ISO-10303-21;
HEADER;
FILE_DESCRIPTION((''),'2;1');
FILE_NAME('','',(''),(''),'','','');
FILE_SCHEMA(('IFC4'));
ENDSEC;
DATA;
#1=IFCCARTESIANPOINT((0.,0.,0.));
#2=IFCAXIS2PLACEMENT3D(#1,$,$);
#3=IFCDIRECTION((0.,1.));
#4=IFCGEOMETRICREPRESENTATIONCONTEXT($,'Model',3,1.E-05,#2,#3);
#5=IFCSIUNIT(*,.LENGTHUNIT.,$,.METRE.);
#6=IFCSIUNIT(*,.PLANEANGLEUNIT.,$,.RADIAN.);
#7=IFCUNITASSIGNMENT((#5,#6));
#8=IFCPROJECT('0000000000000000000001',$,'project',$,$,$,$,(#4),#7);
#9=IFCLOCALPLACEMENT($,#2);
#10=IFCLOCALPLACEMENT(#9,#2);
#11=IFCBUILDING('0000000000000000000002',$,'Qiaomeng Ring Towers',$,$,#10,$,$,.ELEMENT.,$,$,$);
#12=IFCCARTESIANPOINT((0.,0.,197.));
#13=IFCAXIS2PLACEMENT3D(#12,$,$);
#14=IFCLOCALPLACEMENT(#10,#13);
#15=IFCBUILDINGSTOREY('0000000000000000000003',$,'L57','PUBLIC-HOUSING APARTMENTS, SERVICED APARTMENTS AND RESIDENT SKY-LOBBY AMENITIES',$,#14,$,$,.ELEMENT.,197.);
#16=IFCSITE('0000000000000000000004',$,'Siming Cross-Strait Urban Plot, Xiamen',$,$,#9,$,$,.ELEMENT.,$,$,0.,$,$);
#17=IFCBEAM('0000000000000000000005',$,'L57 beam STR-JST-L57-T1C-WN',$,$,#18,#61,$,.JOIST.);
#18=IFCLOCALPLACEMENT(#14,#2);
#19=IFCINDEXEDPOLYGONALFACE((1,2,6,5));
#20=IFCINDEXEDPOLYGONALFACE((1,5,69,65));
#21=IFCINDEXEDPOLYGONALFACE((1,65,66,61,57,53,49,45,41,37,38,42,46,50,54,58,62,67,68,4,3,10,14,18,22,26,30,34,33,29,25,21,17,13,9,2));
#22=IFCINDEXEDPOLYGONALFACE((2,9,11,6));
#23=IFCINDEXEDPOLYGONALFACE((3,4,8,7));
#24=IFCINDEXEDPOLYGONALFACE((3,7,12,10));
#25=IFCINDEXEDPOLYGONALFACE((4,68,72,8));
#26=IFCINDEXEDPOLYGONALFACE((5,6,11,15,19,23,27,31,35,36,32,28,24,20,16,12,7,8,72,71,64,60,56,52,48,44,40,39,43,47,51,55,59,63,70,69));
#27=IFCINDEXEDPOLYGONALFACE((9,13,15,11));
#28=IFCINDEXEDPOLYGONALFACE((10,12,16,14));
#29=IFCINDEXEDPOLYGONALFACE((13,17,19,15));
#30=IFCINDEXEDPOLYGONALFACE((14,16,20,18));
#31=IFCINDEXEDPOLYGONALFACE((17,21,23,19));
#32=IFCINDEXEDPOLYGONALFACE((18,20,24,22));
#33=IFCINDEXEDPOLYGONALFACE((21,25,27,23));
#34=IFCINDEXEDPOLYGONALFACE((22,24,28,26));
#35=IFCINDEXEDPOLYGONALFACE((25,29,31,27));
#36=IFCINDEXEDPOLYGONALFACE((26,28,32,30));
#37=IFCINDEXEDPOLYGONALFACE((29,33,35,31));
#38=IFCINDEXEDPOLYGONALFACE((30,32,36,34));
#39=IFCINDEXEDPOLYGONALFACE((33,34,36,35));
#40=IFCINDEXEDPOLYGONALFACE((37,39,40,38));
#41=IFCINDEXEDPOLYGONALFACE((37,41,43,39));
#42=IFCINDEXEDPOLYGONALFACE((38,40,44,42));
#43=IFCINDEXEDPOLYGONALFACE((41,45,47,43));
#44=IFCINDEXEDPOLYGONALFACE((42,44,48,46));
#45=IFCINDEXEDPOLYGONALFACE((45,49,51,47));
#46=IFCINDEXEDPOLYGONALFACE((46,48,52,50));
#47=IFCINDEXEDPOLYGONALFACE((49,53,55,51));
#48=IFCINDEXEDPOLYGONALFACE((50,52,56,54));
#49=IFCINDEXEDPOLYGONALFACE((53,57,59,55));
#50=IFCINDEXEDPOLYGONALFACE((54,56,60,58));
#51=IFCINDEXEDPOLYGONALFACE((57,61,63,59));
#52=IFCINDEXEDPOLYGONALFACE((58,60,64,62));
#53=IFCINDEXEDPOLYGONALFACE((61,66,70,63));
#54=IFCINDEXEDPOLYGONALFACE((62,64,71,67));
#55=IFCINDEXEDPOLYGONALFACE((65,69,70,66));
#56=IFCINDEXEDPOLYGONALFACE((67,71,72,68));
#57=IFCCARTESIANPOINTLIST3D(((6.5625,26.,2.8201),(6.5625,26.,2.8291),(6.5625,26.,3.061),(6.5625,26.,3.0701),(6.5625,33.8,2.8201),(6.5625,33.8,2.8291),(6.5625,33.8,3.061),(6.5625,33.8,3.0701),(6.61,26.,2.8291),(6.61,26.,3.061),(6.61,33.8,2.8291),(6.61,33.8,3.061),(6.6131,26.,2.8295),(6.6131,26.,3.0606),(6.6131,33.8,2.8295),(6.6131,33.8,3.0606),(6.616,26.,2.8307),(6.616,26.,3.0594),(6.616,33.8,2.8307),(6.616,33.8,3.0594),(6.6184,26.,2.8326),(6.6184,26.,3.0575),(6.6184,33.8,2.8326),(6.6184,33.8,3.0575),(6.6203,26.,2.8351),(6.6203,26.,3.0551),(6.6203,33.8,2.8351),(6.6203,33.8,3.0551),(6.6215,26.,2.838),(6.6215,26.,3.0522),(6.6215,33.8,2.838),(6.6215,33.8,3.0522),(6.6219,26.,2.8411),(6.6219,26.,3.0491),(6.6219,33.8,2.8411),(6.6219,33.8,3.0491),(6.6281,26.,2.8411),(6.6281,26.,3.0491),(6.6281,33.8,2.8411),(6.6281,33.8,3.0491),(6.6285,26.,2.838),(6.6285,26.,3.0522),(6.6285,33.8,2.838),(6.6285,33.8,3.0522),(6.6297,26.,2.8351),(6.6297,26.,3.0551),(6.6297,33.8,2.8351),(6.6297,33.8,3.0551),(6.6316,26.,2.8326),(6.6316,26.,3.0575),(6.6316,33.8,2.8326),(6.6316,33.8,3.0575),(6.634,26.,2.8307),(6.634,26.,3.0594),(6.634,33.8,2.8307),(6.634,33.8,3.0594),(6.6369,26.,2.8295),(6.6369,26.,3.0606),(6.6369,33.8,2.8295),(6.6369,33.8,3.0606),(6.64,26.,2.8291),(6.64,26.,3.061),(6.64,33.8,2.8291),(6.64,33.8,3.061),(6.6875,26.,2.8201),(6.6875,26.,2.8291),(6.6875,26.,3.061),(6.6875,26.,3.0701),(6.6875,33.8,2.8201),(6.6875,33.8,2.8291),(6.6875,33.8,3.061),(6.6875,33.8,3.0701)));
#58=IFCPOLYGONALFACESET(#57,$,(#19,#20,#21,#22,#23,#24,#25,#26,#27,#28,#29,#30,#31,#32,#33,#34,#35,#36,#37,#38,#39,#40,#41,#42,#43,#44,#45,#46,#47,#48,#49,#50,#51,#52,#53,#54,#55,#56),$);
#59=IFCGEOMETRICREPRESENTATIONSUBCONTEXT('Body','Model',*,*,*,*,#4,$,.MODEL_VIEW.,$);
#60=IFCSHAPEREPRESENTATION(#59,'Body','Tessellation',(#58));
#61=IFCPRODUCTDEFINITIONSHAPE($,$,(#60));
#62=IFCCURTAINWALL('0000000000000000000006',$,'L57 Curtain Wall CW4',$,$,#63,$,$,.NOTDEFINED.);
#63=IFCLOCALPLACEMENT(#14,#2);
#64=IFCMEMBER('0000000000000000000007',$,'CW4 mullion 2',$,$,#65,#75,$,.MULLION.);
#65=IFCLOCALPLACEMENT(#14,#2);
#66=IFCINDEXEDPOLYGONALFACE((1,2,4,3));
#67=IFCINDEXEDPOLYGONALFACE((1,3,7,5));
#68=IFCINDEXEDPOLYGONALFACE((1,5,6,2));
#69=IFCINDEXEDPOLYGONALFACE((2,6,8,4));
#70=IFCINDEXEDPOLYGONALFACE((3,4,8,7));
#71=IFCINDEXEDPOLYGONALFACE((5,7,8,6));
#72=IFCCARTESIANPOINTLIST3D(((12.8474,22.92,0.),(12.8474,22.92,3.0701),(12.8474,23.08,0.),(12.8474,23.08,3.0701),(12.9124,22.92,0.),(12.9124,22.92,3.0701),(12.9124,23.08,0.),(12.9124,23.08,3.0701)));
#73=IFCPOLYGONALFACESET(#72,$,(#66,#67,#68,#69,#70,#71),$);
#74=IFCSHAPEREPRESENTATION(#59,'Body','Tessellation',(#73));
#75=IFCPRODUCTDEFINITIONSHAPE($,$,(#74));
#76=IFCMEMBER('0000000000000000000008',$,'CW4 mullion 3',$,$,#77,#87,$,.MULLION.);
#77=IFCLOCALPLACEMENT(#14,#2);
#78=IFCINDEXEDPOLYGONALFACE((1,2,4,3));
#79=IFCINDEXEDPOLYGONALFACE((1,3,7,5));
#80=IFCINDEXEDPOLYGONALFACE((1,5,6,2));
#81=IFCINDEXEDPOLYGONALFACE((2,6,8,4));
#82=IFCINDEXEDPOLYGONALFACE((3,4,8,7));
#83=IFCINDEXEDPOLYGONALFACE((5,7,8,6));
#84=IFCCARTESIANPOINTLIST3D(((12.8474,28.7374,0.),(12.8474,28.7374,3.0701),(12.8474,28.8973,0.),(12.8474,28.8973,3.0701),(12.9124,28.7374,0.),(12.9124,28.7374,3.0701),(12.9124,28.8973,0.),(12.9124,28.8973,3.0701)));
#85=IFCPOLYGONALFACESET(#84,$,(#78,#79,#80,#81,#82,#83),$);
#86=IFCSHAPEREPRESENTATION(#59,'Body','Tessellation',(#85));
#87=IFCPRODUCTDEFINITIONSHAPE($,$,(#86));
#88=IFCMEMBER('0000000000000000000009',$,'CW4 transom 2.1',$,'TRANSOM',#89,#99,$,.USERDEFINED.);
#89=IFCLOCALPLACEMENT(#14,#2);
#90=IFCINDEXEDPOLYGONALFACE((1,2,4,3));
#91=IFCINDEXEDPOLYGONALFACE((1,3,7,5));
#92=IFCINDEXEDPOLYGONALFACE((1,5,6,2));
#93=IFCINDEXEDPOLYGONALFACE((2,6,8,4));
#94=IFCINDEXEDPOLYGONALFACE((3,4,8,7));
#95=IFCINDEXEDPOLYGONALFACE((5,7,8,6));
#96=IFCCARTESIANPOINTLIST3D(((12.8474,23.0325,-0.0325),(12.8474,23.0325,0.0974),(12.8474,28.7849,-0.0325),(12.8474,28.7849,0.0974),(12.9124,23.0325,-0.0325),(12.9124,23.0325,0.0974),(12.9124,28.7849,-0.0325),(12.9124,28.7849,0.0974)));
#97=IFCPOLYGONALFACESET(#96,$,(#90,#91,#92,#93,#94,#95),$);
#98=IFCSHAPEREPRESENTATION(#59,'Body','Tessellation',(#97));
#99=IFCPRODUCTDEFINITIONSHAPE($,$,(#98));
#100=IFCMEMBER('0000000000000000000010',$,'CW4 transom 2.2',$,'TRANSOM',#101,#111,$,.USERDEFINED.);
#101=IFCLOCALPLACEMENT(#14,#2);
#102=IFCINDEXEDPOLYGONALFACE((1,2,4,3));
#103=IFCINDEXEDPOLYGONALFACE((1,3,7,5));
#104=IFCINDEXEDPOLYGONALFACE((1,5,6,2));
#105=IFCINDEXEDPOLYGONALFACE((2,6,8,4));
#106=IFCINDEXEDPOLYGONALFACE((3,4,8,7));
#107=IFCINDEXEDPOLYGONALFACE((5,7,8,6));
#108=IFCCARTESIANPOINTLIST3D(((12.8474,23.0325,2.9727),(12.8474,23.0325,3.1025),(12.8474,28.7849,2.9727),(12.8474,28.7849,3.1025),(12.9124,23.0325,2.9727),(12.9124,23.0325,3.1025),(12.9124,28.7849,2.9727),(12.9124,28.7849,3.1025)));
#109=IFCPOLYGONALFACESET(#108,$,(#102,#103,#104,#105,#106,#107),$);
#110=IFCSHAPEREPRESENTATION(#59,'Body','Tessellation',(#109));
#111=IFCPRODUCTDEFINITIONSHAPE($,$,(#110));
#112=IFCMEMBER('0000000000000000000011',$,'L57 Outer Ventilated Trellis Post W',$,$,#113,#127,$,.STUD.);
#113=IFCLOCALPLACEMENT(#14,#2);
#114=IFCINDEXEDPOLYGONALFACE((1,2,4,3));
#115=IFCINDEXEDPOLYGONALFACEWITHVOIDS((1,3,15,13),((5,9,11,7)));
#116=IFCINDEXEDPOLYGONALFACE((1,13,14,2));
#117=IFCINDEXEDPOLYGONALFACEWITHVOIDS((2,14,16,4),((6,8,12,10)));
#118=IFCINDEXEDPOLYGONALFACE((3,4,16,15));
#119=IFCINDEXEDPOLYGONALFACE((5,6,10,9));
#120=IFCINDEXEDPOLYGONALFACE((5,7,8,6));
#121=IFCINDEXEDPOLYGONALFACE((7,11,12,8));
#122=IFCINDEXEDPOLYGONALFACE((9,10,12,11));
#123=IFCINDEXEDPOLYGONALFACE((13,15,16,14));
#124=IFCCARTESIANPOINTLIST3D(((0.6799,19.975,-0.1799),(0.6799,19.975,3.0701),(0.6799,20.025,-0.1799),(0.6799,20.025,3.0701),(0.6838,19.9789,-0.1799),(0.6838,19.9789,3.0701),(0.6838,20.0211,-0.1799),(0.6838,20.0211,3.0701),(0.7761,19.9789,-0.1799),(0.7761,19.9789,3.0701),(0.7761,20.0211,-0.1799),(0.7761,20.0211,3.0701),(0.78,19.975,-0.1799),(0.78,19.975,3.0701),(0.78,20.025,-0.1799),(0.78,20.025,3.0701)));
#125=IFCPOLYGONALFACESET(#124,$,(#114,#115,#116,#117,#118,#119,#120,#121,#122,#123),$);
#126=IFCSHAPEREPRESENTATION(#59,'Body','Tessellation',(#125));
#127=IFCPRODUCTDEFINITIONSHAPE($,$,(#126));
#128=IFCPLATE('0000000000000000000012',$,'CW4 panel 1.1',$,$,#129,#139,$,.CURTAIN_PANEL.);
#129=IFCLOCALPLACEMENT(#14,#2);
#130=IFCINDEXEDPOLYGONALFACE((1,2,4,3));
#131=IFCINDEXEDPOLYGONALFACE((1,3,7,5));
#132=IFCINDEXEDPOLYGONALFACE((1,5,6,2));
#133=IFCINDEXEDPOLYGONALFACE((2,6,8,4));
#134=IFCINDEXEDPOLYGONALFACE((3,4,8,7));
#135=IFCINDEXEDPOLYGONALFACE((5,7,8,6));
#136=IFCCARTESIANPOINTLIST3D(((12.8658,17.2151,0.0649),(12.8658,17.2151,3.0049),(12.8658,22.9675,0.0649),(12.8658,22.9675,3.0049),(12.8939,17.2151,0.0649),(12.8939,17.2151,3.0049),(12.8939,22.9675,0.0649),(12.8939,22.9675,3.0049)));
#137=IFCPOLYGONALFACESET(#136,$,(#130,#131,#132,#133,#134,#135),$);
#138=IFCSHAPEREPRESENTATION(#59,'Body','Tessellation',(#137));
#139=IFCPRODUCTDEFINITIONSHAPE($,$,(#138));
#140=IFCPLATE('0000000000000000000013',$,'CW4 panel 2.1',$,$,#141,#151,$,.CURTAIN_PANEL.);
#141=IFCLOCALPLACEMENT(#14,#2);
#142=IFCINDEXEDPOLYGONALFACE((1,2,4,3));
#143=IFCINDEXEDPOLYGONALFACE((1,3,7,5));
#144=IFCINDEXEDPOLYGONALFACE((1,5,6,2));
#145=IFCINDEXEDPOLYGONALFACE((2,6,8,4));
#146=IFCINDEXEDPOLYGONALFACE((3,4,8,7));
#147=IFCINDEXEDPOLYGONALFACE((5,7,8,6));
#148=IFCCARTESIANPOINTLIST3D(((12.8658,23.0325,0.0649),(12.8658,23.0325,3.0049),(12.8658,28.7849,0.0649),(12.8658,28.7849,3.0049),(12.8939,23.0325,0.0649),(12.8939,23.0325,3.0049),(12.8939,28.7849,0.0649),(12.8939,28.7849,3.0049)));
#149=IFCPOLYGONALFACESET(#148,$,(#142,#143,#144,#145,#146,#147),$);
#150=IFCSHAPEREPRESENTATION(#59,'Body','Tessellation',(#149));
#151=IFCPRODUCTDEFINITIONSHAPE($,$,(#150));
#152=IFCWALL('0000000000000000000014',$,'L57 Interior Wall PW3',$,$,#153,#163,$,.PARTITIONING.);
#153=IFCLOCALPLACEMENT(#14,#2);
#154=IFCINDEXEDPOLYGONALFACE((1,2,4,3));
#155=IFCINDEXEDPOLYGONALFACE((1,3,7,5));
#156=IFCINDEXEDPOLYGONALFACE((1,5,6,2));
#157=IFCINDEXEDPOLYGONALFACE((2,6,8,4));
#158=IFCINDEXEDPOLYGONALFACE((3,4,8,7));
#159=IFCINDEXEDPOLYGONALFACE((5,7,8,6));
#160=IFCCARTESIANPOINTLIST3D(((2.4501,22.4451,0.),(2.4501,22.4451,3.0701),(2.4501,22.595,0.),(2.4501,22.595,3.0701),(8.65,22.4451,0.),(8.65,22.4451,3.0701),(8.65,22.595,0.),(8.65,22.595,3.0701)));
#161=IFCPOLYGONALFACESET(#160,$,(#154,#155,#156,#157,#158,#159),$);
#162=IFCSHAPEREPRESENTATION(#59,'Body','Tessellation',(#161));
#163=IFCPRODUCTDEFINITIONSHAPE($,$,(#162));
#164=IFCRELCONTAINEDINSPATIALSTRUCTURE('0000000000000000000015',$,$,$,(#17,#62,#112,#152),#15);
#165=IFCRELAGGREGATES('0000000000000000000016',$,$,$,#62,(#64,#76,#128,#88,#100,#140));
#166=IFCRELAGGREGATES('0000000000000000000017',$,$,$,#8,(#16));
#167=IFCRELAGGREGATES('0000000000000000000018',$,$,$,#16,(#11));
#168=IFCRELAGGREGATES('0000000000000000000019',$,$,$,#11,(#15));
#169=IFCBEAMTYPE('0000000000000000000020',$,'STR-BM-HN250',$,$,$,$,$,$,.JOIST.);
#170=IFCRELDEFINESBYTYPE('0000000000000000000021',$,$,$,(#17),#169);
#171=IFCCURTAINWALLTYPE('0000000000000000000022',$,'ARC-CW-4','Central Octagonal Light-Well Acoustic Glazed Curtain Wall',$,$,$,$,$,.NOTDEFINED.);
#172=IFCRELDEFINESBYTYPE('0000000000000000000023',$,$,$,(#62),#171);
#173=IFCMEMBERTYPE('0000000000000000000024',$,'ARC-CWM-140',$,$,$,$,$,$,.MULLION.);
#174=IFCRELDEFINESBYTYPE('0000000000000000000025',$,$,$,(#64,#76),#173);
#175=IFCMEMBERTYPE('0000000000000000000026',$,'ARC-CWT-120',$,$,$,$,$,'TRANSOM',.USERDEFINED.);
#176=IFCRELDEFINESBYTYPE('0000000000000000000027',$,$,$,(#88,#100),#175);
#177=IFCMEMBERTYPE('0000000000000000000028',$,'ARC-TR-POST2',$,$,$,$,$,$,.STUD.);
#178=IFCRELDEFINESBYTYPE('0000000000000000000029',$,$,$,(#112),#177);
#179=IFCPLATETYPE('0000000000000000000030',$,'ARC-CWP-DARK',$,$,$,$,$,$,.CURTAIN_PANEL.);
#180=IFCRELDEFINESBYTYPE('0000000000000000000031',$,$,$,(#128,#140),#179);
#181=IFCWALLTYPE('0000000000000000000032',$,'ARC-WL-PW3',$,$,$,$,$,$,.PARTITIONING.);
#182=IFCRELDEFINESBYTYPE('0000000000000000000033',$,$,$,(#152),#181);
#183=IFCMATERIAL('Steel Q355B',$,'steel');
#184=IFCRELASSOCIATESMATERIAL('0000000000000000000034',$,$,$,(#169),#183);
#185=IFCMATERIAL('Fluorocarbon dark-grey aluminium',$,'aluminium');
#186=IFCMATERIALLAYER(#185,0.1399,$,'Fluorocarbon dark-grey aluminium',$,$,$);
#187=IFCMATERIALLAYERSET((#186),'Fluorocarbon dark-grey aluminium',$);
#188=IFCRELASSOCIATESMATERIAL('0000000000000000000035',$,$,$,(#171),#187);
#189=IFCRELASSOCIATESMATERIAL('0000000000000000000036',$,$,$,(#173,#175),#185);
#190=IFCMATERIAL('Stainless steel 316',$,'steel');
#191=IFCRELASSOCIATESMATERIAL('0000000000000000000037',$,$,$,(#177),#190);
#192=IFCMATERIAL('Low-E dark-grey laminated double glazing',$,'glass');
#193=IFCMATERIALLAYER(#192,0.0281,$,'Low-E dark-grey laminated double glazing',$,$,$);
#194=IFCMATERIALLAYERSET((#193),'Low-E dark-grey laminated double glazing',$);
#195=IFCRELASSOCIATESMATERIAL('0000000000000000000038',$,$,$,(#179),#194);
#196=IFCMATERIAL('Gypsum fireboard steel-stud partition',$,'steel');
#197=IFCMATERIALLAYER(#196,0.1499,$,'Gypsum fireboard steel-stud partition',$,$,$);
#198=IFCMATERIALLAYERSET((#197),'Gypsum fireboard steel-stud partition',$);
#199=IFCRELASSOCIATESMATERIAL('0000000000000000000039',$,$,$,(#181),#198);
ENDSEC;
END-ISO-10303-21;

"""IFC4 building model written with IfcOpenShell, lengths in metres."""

from ifc_helpers import new_model, si_unit, direction, frame, frame_2d, origin, origin_2d, place, context, subcontext, project, spatial, rectangle, hollow_rectangle, i_section, extrude, source, transform, mapped, material, layer, layer_set, material_profile, profile_set, type_object, element, aggregate, save


model = new_model("IFC4")

# Units and contexts
model_context = context("Model", 3, precision=1e-05, world=origin(), true_north=direction((0.0, 1.0)))
body_context = subcontext(model_context, "Body", "Model", "MODEL_VIEW")
ifc_project = project(units=[si_unit("LENGTHUNIT", "METRE"), si_unit("PLANEANGLEUNIT", "RADIAN")], contexts=[model_context])

# Site, building, storey
site_placement = place(None, origin())
site = spatial("IfcSite", under=ifc_project, at=site_placement, Name="Siming Cross-Strait Urban Plot, Xiamen", CompositionType="ELEMENT", RefElevation=0.0)
building_placement = place(site_placement, origin())
building = spatial("IfcBuilding", under=site, at=building_placement, Name="Qiaomeng Ring Towers", CompositionType="ELEMENT")
storey_placement = place(building_placement, frame((0.0, 0.0, 197.0)))
storey = spatial("IfcBuildingStorey", under=building, at=storey_placement, Name="L57", Description="PUBLIC-HOUSING APARTMENTS, SERVICED APARTMENTS AND RESIDENT SKY-LOBBY AMENITIES", CompositionType="ELEMENT", Elevation=197.0)

# Beam
ifc_material_1 = material(Name="Steel Q355B", Category="steel")
ifc_material_profile_1 = material_profile(ifc_material_1, i_section(OverallWidth=0.125, OverallDepth=0.25, WebThickness=0.0061, FlangeThickness=0.009, FilletRadius=0.012, at=origin_2d()), Name="HN 250x125x6x9")
ifc_profile_set_1 = profile_set([ifc_material_profile_1], Name="Steel Q355B")
beam_type_1 = type_object("IfcBeamType", Name="STR-BM-HN250", PredefinedType="JOIST", material=ifc_profile_set_1)
shared_shape_1 = source(origin(), body_context, "Body", "SweptSolid", [
    extrude(i_section(OverallWidth=0.125, OverallDepth=0.25, WebThickness=0.0061, FlangeThickness=0.009, FilletRadius=0.012, at=origin_2d()), origin(), (0.0, 0.0, 1.0), 7.8),
])
beam_1_placement = place(storey_placement, frame((6.625, 26.0, 2.9451), z_axis=(0.0, 1.0, 0.0), x_axis=(-1.0, 0.0, 0.0)))
element("IfcBeam", 1, at=beam_1_placement, inside=storey, type_object=beam_type_1, Name="L57 beam STR-JST-L57-T1C-WN", PredefinedType="JOIST", context=body_context, shape_type="MappedRepresentation", body=[
    mapped(shared_shape_1, transform((0.0, 0.0, 0.0), x_axis=(1.0, 0.0, 0.0), y_axis=(0.0, 1.0, 0.0), z_axis=(0.0, 0.0, 1.0), scale=1.0)),
])

# Curtain wall, members
ifc_material_2 = material(Name="Fluorocarbon dark-grey aluminium", Category="aluminium")
ifc_layer_1 = layer(ifc_material_2, 0.1399, Name="Fluorocarbon dark-grey aluminium")
ifc_layer_set_1 = layer_set([ifc_layer_1], Name="Fluorocarbon dark-grey aluminium")
curtain_wall_type = type_object("IfcCurtainWallType", Name="ARC-CW-4", Description="Central Octagonal Light-Well Acoustic Glazed Curtain Wall", PredefinedType="NOTDEFINED", material=ifc_layer_set_1)
curtain_wall_placement = place(storey_placement, origin())
curtain_wall = element("IfcCurtainWall", 2, at=curtain_wall_placement, inside=storey, type_object=curtain_wall_type, Name="L57 Curtain Wall CW4", PredefinedType="NOTDEFINED")
ifc_material_profile_2 = material_profile(ifc_material_2, rectangle(XDim=0.0649, YDim=0.1599, at=origin_2d()), Name="ALU MULL 65x160")
ifc_profile_set_2 = profile_set([ifc_material_profile_2], Name="Fluorocarbon dark-grey aluminium")
member_type_1 = type_object("IfcMemberType", Name="ARC-CWM-140", PredefinedType="MULLION", material=ifc_profile_set_2)
shared_shape_2 = source(origin(), body_context, "Body", "SweptSolid", [
    extrude(rectangle(XDim=0.0649, YDim=0.1599, at=origin_2d()), origin(), (0.0, 0.0, 1.0), 3.0701),
])
member_1_placement = place(storey_placement, frame((12.8799, 23.0, 0.0), z_axis=(0.0, 0.0, 1.0), x_axis=(-1.0, 0.0, 0.0)))
member_1 = element("IfcMember", 3, at=member_1_placement, type_object=member_type_1, Name="CW4 mullion 2", PredefinedType="MULLION", context=body_context, shape_type="MappedRepresentation", body=[
    mapped(shared_shape_2, transform((0.0, 0.0, 0.0), x_axis=(1.0, 0.0, 0.0), y_axis=(0.0, 1.0, 0.0), z_axis=(0.0, 0.0, 1.0), scale=1.0)),
])
member_2_placement = place(storey_placement, frame((12.8799, 28.8174, 0.0), z_axis=(0.0, 0.0, 1.0), x_axis=(-1.0, 0.0, 0.0)))
member_2 = element("IfcMember", 4, at=member_2_placement, type_object=member_type_1, Name="CW4 mullion 3", PredefinedType="MULLION", context=body_context, shape_type="MappedRepresentation", body=[
    mapped(shared_shape_2, transform((0.0, 0.0, 0.0), x_axis=(1.0, 0.0, 0.0), y_axis=(0.0, 1.0, 0.0), z_axis=(0.0, 0.0, 1.0), scale=1.0)),
])
ifc_material_profile_3 = material_profile(ifc_material_2, rectangle(XDim=0.0649, YDim=0.1299, at=origin_2d()), Name="ALU TRAN 65x130")
ifc_profile_set_3 = profile_set([ifc_material_profile_3], Name="Fluorocarbon dark-grey aluminium")
member_type_2 = type_object("IfcMemberType", Name="ARC-CWT-120", ElementType="TRANSOM", PredefinedType="USERDEFINED", material=ifc_profile_set_3)
shared_shape_3 = source(origin(), body_context, "Body", "SweptSolid", [
    extrude(rectangle(XDim=0.0649, YDim=0.1299, at=origin_2d()), origin(), (0.0, 0.0, 1.0), 5.7524),
])
member_3_placement = place(storey_placement, frame((12.8799, 23.0325, 0.0325), z_axis=(0.0, 1.0, 0.0), x_axis=(-1.0, 0.0, 0.0)))
member_3 = element("IfcMember", 5, at=member_3_placement, type_object=member_type_2, Name="CW4 transom 2.1", ObjectType="TRANSOM", PredefinedType="USERDEFINED", context=body_context, shape_type="MappedRepresentation", body=[
    mapped(shared_shape_3, transform((0.0, 0.0, 0.0), x_axis=(1.0, 0.0, 0.0), y_axis=(0.0, 1.0, 0.0), z_axis=(0.0, 0.0, 1.0), scale=1.0)),
])
member_4_placement = place(storey_placement, frame((12.8799, 23.0325, 3.0376), z_axis=(0.0, 1.0, 0.0), x_axis=(-1.0, 0.0, 0.0)))
member_4 = element("IfcMember", 6, at=member_4_placement, type_object=member_type_2, Name="CW4 transom 2.2", ObjectType="TRANSOM", PredefinedType="USERDEFINED", context=body_context, shape_type="MappedRepresentation", body=[
    mapped(shared_shape_3, transform((0.0, 0.0, 0.0), x_axis=(1.0, 0.0, 0.0), y_axis=(0.0, 1.0, 0.0), z_axis=(0.0, 0.0, 1.0), scale=1.0)),
])

# Member
ifc_material_3 = material(Name="Stainless steel 316", Category="steel")
ifc_material_profile_4 = material_profile(ifc_material_3, hollow_rectangle(XDim=0.05, YDim=0.1001, WallThickness=0.0039, at=origin_2d()), Name="SS TRELLIS 100x50")
ifc_profile_set_4 = profile_set([ifc_material_profile_4], Name="Stainless steel 316")
member_type_3 = type_object("IfcMemberType", Name="ARC-TR-POST2", PredefinedType="STUD", material=ifc_profile_set_4)
shared_shape_4 = source(origin(), body_context, "Body", "SweptSolid", [
    extrude(hollow_rectangle(XDim=0.05, YDim=0.1001, WallThickness=0.0039, at=origin_2d()), origin(), (0.0, 0.0, 1.0), 3.25),
])
member_5_placement = place(storey_placement, frame((0.73, 20.0, -0.1799), z_axis=(0.0, 0.0, 1.0), x_axis=(0.0, 1.0, 0.0)))
element("IfcMember", 7, at=member_5_placement, inside=storey, type_object=member_type_3, Name="L57 Outer Ventilated Trellis Post W", PredefinedType="STUD", context=body_context, shape_type="MappedRepresentation", body=[
    mapped(shared_shape_4, transform((0.0, 0.0, 0.0), x_axis=(1.0, 0.0, 0.0), y_axis=(0.0, 1.0, 0.0), z_axis=(0.0, 0.0, 1.0), scale=1.0)),
])

# Plates
ifc_material_4 = material(Name="Low-E dark-grey laminated double glazing", Category="glass")
ifc_layer_2 = layer(ifc_material_4, 0.0281, Name="Low-E dark-grey laminated double glazing")
ifc_layer_set_2 = layer_set([ifc_layer_2], Name="Low-E dark-grey laminated double glazing")
plate_type = type_object("IfcPlateType", Name="ARC-CWP-DARK", PredefinedType="CURTAIN_PANEL", material=ifc_layer_set_2)
shared_shape_5 = source(origin(), body_context, "Body", "SweptSolid", [
    extrude(rectangle(XDim=5.7524, YDim=0.0281, at=origin_2d()), origin(), (0.0, 0.0, 1.0), 2.9399),
])
plate_1_placement = place(storey_placement, frame((12.8799, 20.0913, 0.0649), z_axis=(0.0, 0.0, 1.0), x_axis=(0.0, 1.0, 0.0)))
plate_1 = element("IfcPlate", 8, at=plate_1_placement, type_object=plate_type, Name="CW4 panel 1.1", PredefinedType="CURTAIN_PANEL", context=body_context, shape_type="MappedRepresentation", body=[
    mapped(shared_shape_5, transform((0.0, 0.0, 0.0), x_axis=(1.0, 0.0, 0.0), y_axis=(0.0, 1.0, 0.0), z_axis=(0.0, 0.0, 1.0), scale=1.0)),
])
plate_2_placement = place(storey_placement, frame((12.8799, 25.9087, 0.0649), z_axis=(0.0, 0.0, 1.0), x_axis=(0.0, 1.0, 0.0)))
plate_2 = element("IfcPlate", 9, at=plate_2_placement, type_object=plate_type, Name="CW4 panel 2.1", PredefinedType="CURTAIN_PANEL", context=body_context, shape_type="MappedRepresentation", body=[
    mapped(shared_shape_5, transform((0.0, 0.0, 0.0), x_axis=(1.0, 0.0, 0.0), y_axis=(0.0, 1.0, 0.0), z_axis=(0.0, 0.0, 1.0), scale=1.0)),
])
aggregate(curtain_wall, [member_1, member_2, plate_1, member_3, member_4, plate_2])

# Wall
ifc_material_5 = material(Name="Gypsum fireboard steel-stud partition", Category="steel")
ifc_layer_3 = layer(ifc_material_5, 0.1499, Name="Gypsum fireboard steel-stud partition")
ifc_layer_set_3 = layer_set([ifc_layer_3], Name="Gypsum fireboard steel-stud partition")
wall_type_1 = type_object("IfcWallType", Name="ARC-WL-PW3", PredefinedType="PARTITIONING", material=ifc_layer_set_3)
wall_1_placement = place(storey_placement, frame((2.45, 22.52, 0.0), z_axis=(0.0, 0.0, 1.0), x_axis=(1.0, 0.0, 0.0)))
element("IfcWall", 10, at=wall_1_placement, inside=storey, type_object=wall_type_1, Name="L57 Interior Wall PW3", PredefinedType="PARTITIONING", context=body_context, shape_type="SweptSolid", body=[
    extrude(rectangle(XDim=6.2, YDim=0.1499, at=frame_2d((3.1001, 0.0))), origin(), (0.0, 0.0, 1.0), 3.0701),
])

save(model, "model.ifc")
